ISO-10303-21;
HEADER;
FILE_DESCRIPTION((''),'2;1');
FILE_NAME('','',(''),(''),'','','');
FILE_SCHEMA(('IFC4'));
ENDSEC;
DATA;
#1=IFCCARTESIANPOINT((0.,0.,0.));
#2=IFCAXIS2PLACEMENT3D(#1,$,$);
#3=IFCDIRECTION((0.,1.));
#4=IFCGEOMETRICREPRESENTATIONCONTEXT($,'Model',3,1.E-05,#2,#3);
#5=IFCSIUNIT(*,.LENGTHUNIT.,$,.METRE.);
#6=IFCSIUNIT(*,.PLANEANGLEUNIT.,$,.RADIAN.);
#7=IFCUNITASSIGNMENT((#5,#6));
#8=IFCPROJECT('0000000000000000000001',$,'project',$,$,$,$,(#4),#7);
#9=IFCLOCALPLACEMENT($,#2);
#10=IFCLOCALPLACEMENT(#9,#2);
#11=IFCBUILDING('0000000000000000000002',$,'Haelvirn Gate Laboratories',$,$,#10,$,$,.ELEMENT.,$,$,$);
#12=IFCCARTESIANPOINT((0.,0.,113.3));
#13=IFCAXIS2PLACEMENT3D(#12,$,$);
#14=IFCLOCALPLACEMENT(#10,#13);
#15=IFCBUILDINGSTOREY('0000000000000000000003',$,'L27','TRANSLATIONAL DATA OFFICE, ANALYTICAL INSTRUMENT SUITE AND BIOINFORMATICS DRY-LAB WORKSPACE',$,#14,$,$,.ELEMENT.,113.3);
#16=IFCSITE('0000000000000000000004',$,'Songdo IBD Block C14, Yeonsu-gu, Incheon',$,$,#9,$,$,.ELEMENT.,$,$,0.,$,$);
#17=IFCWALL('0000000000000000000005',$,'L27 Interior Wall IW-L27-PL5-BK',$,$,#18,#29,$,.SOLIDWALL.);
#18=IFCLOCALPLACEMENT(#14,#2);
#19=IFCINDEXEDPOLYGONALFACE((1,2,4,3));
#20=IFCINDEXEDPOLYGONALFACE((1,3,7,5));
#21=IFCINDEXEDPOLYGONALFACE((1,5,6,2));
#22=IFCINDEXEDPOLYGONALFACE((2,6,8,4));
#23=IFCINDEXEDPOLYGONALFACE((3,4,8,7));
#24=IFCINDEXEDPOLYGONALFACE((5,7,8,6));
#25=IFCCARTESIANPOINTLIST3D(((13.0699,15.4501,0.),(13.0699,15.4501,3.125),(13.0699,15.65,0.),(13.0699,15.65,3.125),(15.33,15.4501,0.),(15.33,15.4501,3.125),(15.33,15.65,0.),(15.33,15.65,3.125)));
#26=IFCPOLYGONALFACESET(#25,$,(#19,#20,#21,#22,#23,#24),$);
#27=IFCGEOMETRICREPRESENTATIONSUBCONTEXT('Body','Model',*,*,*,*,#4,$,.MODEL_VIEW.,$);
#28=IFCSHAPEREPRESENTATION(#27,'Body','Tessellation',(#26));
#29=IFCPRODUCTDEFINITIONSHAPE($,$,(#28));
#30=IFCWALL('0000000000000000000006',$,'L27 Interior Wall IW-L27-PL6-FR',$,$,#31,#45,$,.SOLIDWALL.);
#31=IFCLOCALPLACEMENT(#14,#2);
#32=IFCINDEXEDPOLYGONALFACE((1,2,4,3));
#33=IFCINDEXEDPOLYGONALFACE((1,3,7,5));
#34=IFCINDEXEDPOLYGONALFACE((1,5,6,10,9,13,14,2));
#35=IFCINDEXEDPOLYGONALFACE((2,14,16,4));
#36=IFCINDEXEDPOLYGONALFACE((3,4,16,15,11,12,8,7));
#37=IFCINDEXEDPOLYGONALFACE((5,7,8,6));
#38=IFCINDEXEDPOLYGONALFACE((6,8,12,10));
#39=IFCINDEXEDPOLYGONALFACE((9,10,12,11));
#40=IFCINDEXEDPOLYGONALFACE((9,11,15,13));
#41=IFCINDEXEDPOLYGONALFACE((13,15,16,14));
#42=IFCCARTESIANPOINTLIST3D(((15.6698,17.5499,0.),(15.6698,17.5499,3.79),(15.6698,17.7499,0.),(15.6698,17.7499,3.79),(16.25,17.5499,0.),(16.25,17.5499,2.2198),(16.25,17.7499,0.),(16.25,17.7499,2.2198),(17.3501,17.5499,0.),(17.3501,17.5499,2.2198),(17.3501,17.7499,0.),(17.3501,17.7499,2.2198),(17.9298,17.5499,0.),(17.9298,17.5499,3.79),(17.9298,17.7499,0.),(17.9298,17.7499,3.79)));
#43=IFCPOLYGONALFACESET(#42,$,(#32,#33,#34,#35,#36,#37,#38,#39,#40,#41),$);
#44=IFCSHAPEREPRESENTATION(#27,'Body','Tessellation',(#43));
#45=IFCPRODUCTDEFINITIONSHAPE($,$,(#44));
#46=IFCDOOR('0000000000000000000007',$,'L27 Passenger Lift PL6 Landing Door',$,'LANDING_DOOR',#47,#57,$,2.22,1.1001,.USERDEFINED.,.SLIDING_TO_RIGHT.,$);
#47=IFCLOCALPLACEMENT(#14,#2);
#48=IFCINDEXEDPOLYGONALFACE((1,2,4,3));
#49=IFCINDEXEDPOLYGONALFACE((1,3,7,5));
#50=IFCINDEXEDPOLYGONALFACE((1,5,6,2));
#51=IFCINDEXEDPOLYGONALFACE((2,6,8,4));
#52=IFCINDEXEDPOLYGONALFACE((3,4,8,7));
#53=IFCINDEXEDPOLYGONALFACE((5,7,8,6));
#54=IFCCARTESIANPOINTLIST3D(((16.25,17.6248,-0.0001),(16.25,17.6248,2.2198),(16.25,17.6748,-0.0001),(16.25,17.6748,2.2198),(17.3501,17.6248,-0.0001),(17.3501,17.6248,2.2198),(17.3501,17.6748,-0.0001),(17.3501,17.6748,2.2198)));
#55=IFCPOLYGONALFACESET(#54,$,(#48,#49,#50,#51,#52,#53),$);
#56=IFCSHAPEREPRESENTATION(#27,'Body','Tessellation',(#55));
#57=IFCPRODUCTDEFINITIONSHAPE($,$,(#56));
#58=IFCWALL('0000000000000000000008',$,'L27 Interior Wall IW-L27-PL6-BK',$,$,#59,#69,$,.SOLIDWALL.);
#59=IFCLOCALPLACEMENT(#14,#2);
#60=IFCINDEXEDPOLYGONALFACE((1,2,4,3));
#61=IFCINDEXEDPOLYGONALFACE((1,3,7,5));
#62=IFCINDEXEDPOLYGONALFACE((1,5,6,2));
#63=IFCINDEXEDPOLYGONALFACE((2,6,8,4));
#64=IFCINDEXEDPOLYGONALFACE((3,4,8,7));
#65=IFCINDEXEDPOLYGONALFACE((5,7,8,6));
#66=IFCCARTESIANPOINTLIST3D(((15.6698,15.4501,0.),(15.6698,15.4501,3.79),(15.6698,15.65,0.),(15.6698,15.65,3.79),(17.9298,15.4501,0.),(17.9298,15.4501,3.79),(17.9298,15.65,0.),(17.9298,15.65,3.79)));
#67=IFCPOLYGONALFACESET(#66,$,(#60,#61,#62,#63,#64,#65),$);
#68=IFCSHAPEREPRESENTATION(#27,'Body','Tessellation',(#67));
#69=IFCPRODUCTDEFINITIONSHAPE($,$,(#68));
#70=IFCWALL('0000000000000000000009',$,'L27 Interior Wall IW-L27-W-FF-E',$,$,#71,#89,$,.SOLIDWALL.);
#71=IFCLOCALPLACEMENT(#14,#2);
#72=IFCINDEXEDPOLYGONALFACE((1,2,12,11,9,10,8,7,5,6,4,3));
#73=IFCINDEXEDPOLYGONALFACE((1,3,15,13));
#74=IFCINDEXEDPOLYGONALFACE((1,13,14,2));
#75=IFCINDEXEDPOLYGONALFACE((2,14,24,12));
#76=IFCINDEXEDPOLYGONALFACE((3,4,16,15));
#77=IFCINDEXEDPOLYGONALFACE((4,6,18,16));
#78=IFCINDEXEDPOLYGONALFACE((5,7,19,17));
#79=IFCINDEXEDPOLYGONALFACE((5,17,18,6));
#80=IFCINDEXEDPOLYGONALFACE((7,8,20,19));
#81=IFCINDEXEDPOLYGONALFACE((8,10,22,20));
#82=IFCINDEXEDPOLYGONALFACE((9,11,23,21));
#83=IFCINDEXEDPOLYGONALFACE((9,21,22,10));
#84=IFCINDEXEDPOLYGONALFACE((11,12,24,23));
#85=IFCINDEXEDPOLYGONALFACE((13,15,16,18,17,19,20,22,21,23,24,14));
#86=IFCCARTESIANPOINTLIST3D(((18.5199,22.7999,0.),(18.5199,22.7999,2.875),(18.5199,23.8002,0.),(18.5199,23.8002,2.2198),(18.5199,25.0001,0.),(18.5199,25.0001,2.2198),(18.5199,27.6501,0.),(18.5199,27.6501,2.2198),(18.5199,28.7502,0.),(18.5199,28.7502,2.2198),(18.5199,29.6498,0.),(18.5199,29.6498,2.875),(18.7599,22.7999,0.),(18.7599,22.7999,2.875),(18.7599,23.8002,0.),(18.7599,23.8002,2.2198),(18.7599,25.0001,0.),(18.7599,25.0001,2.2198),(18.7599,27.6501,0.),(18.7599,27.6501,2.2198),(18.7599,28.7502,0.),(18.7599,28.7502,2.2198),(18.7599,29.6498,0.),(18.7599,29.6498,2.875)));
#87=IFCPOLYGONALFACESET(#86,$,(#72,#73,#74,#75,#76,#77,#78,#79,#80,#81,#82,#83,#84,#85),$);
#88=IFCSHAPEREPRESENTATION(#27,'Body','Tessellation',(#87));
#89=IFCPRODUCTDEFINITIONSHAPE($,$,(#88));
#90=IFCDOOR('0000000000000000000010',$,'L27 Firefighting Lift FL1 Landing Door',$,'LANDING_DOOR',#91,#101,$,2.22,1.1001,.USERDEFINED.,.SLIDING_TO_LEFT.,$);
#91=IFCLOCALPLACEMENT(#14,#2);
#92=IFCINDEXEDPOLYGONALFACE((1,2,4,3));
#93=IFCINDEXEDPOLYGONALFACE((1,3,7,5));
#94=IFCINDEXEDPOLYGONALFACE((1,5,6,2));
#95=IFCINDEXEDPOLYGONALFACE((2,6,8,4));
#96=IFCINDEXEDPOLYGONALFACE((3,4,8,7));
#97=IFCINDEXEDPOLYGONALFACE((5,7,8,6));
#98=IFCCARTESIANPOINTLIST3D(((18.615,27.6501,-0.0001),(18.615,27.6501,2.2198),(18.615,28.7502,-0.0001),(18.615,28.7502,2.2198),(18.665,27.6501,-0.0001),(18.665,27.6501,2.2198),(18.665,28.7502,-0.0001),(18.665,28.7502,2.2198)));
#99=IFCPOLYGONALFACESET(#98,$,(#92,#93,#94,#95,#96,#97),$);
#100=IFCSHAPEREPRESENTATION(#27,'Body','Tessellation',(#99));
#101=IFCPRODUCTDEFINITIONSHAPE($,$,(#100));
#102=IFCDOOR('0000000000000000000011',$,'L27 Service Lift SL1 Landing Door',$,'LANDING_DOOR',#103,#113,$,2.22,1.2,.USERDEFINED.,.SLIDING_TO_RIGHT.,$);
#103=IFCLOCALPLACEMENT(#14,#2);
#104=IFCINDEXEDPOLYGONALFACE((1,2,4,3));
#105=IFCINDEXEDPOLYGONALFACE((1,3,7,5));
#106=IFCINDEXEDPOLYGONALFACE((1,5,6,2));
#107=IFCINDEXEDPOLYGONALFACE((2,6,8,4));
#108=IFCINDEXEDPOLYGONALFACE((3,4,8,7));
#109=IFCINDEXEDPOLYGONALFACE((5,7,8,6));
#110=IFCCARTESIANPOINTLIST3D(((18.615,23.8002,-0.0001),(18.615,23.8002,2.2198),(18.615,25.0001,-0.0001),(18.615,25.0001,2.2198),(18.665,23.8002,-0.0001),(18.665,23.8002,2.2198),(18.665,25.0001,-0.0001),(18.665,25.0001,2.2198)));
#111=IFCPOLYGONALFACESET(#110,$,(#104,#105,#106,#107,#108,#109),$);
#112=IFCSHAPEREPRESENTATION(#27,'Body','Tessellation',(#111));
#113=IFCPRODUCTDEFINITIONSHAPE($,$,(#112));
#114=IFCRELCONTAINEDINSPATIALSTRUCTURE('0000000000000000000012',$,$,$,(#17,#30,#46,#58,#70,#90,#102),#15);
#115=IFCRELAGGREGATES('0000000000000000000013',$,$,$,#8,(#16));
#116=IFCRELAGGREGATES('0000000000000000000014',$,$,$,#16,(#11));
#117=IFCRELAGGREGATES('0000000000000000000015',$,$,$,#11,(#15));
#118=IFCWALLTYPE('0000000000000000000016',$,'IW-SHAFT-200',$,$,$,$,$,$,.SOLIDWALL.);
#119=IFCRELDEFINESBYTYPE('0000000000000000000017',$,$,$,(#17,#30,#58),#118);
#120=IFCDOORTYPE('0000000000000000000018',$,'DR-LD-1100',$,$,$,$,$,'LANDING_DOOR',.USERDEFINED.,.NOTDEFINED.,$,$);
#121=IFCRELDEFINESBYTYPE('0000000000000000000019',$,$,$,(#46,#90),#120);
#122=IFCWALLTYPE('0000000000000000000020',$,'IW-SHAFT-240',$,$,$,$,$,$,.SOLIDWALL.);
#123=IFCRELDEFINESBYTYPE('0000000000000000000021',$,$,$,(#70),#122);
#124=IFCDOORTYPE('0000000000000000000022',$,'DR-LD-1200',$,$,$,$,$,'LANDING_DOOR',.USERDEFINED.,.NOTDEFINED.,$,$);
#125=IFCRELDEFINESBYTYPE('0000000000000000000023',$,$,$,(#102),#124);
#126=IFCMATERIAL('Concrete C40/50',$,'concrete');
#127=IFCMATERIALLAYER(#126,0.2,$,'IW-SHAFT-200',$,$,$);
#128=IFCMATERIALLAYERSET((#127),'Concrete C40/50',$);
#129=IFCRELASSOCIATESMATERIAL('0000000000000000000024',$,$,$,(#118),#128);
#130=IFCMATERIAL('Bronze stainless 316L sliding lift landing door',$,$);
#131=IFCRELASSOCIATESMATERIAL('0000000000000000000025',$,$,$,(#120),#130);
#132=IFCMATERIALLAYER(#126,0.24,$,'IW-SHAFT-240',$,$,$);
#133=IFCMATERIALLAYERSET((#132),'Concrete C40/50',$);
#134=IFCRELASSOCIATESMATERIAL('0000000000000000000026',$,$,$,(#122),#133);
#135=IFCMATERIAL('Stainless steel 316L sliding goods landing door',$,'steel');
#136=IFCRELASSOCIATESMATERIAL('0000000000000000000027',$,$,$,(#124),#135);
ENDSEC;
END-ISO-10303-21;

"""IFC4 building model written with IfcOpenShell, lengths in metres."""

from ifc_helpers import new_model, si_unit, direction, frame, frame_2d, origin, place, context, subcontext, project, spatial, rectangle, extrude, source, transform, mapped, material, layer, layer_set, type_object, type_shapes, element, fill, save


model = new_model("IFC4")

# Units and contexts
model_context = context("Model", 3, precision=1e-05, world=origin(), true_north=direction((0.0, 1.0)))
body_context = subcontext(model_context, "Body", "Model", "MODEL_VIEW")
ifc_project = project(units=[si_unit("LENGTHUNIT", "METRE"), si_unit("PLANEANGLEUNIT", "RADIAN")], contexts=[model_context])

# Site, building, storey
site_placement = place(None, origin())
site = spatial("IfcSite", under=ifc_project, at=site_placement, Name="Songdo IBD Block C14, Yeonsu-gu, Incheon", CompositionType="ELEMENT", RefElevation=0.0)
building_placement = place(site_placement, origin())
building = spatial("IfcBuilding", under=site, at=building_placement, Name="Haelvirn Gate Laboratories", CompositionType="ELEMENT")
storey_placement = place(building_placement, frame((0.0, 0.0, 113.3)))
storey = spatial("IfcBuildingStorey", under=building, at=storey_placement, Name="L27", Description="TRANSLATIONAL DATA OFFICE, ANALYTICAL INSTRUMENT SUITE AND BIOINFORMATICS DRY-LAB WORKSPACE", CompositionType="ELEMENT", Elevation=113.3)

# Shared definitions
ifc_material_1 = material(Name="Concrete C40/50", Category="concrete")

# Shared definitions
ifc_layer_1 = layer(ifc_material_1, 0.2, Name="IW-SHAFT-200")
ifc_layer_set_1 = layer_set([ifc_layer_1], Name="Concrete C40/50")
wall_type_1 = type_object("IfcWallType", Name="IW-SHAFT-200", PredefinedType="SOLIDWALL", material=ifc_layer_set_1)
ifc_material_2 = material(Name="Bronze stainless 316L sliding lift landing door")
door_type_1 = type_object("IfcDoorType", Name="DR-LD-1100", ElementType="LANDING_DOOR", OperationType="NOTDEFINED", PredefinedType="USERDEFINED", material=ifc_material_2)
shared_shape_1 = source(origin(), body_context, "Body", "SweptSolid", [
    extrude(rectangle(XDim=1.1001, YDim=2.22, at=frame_2d((0.55, 1.1099))), frame((0.0, 0.0249, 0.0), z_axis=(0.0, -1.0, 0.0), x_axis=(1.0, 0.0, 0.0)), (0.0, 0.0, 1.0), 0.05),
])
type_shapes(door_type_1, [shared_shape_1])

# Wall
wall_1_placement = place(storey_placement, frame((13.0701, 15.55, 0.0), z_axis=(0.0, 0.0, 1.0), x_axis=(1.0, 0.0, 0.0)))
element("IfcWall", 1, at=wall_1_placement, inside=storey, type_object=wall_type_1, Name="L27 Interior Wall IW-L27-PL5-BK", PredefinedType="SOLIDWALL", context=body_context, shape_type="SweptSolid", body=[
    extrude(rectangle(XDim=2.26, YDim=0.2, at=frame_2d((1.1299, 0.0))), origin(), (0.0, 0.0, 1.0), 3.125),
])

# Wall, opening, door
wall_2_placement = place(storey_placement, frame((15.6699, 17.6499, 0.0), z_axis=(0.0, 0.0, 1.0), x_axis=(1.0, 0.0, 0.0)))
wall_2 = element("IfcWall", 2, at=wall_2_placement, inside=storey, type_object=wall_type_1, Name="L27 Interior Wall IW-L27-PL6-FR", PredefinedType="SOLIDWALL", context=body_context, shape_type="SweptSolid", body=[
    extrude(rectangle(XDim=2.26, YDim=0.2, at=frame_2d((1.1299, 0.0))), origin(), (0.0, 0.0, 1.0), 3.79),
])
opening_1_placement = place(wall_2_placement, frame((0.5801, 0.0, 0.0)))
opening_1 = element("IfcOpeningElement", 3, at=opening_1_placement, cuts=wall_2, PredefinedType="OPENING", context=body_context, shape_type="SweptSolid", body=[
    extrude(rectangle(XDim=1.1001, YDim=2.22, at=frame_2d((0.55, 1.1099))), frame((0.0, 0.1099, 0.0), z_axis=(0.0, -1.0, 0.0), x_axis=(1.0, 0.0, 0.0)), (0.0, 0.0, 1.0), 0.22),
])
door_1_placement = place(opening_1_placement, origin())
door_1 = element("IfcDoor", 4, at=door_1_placement, inside=storey, type_object=door_type_1, Name="L27 Passenger Lift PL6 Landing Door", ObjectType="LANDING_DOOR", OperationType="SLIDING_TO_RIGHT", OverallHeight=2.22, OverallWidth=1.1001, PredefinedType="USERDEFINED", context=body_context, shape_type="MappedRepresentation", body=[
    mapped(shared_shape_1, transform((0.0, 0.0, 0.0), scale=1.0)),
])
fill(opening_1, door_1)

# Wall
wall_3_placement = place(storey_placement, frame((15.6699, 15.55, 0.0), z_axis=(0.0, 0.0, 1.0), x_axis=(1.0, 0.0, 0.0)))
element("IfcWall", 5, at=wall_3_placement, inside=storey, type_object=wall_type_1, Name="L27 Interior Wall IW-L27-PL6-BK", PredefinedType="SOLIDWALL", context=body_context, shape_type="SweptSolid", body=[
    extrude(rectangle(XDim=2.26, YDim=0.2, at=frame_2d((1.1299, 0.0))), origin(), (0.0, 0.0, 1.0), 3.79),
])

# Wall, openings, doors
ifc_layer_2 = layer(ifc_material_1, 0.24, Name="IW-SHAFT-240")
ifc_layer_set_2 = layer_set([ifc_layer_2], Name="Concrete C40/50")
wall_type_2 = type_object("IfcWallType", Name="IW-SHAFT-240", PredefinedType="SOLIDWALL", material=ifc_layer_set_2)
wall_4_placement = place(storey_placement, frame((18.6399, 22.8, 0.0), z_axis=(0.0, 0.0, 1.0), x_axis=(0.0, 1.0, 0.0)))
wall_4 = element("IfcWall", 6, at=wall_4_placement, inside=storey, type_object=wall_type_2, Name="L27 Interior Wall IW-L27-W-FF-E", PredefinedType="SOLIDWALL", context=body_context, shape_type="SweptSolid", body=[
    extrude(rectangle(XDim=6.8499, YDim=0.24, at=frame_2d((3.4248, 0.0))), origin(), (0.0, 0.0, 1.0), 2.875),
])
opening_2_placement = place(wall_4_placement, frame((4.8501, 0.0, 0.0)))
opening_2 = element("IfcOpeningElement", 7, at=opening_2_placement, cuts=wall_4, PredefinedType="OPENING", context=body_context, shape_type="SweptSolid", body=[
    extrude(rectangle(XDim=1.1001, YDim=2.22, at=frame_2d((0.55, 1.1099))), frame((0.0, 0.1299, 0.0), z_axis=(0.0, -1.0, 0.0), x_axis=(1.0, 0.0, 0.0)), (0.0, 0.0, 1.0), 0.26),
])
opening_3_placement = place(wall_4_placement, frame((1.0, 0.0, 0.0)))
opening_3 = element("IfcOpeningElement", 8, at=opening_3_placement, cuts=wall_4, PredefinedType="OPENING", context=body_context, shape_type="SweptSolid", body=[
    extrude(rectangle(XDim=1.2, YDim=2.22, at=frame_2d((0.6001, 1.1099))), frame((0.0, 0.1299, 0.0), z_axis=(0.0, -1.0, 0.0), x_axis=(1.0, 0.0, 0.0)), (0.0, 0.0, 1.0), 0.26),
])
door_2_placement = place(opening_2_placement, origin())
door_2 = element("IfcDoor", 9, at=door_2_placement, inside=storey, type_object=door_type_1, Name="L27 Firefighting Lift FL1 Landing Door", ObjectType="LANDING_DOOR", OperationType="SLIDING_TO_LEFT", OverallHeight=2.22, OverallWidth=1.1001, PredefinedType="USERDEFINED", context=body_context, shape_type="MappedRepresentation", body=[
    mapped(shared_shape_1, transform((0.0, 0.0, 0.0), scale=1.0)),
])
fill(opening_2, door_2)
ifc_material_3 = material(Name="Stainless steel 316L sliding goods landing door", Category="steel")
door_type_2 = type_object("IfcDoorType", Name="DR-LD-1200", ElementType="LANDING_DOOR", OperationType="NOTDEFINED", PredefinedType="USERDEFINED", material=ifc_material_3)
shared_shape_2 = source(origin(), body_context, "Body", "SweptSolid", [
    extrude(rectangle(XDim=1.2, YDim=2.22, at=frame_2d((0.6001, 1.1099))), frame((0.0, 0.0249, 0.0), z_axis=(0.0, -1.0, 0.0), x_axis=(1.0, 0.0, 0.0)), (0.0, 0.0, 1.0), 0.05),
])
type_shapes(door_type_2, [shared_shape_2])
door_3_placement = place(opening_3_placement, origin())
door_3 = element("IfcDoor", 10, at=door_3_placement, inside=storey, type_object=door_type_2, Name="L27 Service Lift SL1 Landing Door", ObjectType="LANDING_DOOR", OperationType="SLIDING_TO_RIGHT", OverallHeight=2.22, OverallWidth=1.2, PredefinedType="USERDEFINED", context=body_context, shape_type="MappedRepresentation", body=[
    mapped(shared_shape_2, transform((0.0, 0.0, 0.0), scale=1.0)),
])
fill(opening_3, door_3)

save(model, "model.ifc")
